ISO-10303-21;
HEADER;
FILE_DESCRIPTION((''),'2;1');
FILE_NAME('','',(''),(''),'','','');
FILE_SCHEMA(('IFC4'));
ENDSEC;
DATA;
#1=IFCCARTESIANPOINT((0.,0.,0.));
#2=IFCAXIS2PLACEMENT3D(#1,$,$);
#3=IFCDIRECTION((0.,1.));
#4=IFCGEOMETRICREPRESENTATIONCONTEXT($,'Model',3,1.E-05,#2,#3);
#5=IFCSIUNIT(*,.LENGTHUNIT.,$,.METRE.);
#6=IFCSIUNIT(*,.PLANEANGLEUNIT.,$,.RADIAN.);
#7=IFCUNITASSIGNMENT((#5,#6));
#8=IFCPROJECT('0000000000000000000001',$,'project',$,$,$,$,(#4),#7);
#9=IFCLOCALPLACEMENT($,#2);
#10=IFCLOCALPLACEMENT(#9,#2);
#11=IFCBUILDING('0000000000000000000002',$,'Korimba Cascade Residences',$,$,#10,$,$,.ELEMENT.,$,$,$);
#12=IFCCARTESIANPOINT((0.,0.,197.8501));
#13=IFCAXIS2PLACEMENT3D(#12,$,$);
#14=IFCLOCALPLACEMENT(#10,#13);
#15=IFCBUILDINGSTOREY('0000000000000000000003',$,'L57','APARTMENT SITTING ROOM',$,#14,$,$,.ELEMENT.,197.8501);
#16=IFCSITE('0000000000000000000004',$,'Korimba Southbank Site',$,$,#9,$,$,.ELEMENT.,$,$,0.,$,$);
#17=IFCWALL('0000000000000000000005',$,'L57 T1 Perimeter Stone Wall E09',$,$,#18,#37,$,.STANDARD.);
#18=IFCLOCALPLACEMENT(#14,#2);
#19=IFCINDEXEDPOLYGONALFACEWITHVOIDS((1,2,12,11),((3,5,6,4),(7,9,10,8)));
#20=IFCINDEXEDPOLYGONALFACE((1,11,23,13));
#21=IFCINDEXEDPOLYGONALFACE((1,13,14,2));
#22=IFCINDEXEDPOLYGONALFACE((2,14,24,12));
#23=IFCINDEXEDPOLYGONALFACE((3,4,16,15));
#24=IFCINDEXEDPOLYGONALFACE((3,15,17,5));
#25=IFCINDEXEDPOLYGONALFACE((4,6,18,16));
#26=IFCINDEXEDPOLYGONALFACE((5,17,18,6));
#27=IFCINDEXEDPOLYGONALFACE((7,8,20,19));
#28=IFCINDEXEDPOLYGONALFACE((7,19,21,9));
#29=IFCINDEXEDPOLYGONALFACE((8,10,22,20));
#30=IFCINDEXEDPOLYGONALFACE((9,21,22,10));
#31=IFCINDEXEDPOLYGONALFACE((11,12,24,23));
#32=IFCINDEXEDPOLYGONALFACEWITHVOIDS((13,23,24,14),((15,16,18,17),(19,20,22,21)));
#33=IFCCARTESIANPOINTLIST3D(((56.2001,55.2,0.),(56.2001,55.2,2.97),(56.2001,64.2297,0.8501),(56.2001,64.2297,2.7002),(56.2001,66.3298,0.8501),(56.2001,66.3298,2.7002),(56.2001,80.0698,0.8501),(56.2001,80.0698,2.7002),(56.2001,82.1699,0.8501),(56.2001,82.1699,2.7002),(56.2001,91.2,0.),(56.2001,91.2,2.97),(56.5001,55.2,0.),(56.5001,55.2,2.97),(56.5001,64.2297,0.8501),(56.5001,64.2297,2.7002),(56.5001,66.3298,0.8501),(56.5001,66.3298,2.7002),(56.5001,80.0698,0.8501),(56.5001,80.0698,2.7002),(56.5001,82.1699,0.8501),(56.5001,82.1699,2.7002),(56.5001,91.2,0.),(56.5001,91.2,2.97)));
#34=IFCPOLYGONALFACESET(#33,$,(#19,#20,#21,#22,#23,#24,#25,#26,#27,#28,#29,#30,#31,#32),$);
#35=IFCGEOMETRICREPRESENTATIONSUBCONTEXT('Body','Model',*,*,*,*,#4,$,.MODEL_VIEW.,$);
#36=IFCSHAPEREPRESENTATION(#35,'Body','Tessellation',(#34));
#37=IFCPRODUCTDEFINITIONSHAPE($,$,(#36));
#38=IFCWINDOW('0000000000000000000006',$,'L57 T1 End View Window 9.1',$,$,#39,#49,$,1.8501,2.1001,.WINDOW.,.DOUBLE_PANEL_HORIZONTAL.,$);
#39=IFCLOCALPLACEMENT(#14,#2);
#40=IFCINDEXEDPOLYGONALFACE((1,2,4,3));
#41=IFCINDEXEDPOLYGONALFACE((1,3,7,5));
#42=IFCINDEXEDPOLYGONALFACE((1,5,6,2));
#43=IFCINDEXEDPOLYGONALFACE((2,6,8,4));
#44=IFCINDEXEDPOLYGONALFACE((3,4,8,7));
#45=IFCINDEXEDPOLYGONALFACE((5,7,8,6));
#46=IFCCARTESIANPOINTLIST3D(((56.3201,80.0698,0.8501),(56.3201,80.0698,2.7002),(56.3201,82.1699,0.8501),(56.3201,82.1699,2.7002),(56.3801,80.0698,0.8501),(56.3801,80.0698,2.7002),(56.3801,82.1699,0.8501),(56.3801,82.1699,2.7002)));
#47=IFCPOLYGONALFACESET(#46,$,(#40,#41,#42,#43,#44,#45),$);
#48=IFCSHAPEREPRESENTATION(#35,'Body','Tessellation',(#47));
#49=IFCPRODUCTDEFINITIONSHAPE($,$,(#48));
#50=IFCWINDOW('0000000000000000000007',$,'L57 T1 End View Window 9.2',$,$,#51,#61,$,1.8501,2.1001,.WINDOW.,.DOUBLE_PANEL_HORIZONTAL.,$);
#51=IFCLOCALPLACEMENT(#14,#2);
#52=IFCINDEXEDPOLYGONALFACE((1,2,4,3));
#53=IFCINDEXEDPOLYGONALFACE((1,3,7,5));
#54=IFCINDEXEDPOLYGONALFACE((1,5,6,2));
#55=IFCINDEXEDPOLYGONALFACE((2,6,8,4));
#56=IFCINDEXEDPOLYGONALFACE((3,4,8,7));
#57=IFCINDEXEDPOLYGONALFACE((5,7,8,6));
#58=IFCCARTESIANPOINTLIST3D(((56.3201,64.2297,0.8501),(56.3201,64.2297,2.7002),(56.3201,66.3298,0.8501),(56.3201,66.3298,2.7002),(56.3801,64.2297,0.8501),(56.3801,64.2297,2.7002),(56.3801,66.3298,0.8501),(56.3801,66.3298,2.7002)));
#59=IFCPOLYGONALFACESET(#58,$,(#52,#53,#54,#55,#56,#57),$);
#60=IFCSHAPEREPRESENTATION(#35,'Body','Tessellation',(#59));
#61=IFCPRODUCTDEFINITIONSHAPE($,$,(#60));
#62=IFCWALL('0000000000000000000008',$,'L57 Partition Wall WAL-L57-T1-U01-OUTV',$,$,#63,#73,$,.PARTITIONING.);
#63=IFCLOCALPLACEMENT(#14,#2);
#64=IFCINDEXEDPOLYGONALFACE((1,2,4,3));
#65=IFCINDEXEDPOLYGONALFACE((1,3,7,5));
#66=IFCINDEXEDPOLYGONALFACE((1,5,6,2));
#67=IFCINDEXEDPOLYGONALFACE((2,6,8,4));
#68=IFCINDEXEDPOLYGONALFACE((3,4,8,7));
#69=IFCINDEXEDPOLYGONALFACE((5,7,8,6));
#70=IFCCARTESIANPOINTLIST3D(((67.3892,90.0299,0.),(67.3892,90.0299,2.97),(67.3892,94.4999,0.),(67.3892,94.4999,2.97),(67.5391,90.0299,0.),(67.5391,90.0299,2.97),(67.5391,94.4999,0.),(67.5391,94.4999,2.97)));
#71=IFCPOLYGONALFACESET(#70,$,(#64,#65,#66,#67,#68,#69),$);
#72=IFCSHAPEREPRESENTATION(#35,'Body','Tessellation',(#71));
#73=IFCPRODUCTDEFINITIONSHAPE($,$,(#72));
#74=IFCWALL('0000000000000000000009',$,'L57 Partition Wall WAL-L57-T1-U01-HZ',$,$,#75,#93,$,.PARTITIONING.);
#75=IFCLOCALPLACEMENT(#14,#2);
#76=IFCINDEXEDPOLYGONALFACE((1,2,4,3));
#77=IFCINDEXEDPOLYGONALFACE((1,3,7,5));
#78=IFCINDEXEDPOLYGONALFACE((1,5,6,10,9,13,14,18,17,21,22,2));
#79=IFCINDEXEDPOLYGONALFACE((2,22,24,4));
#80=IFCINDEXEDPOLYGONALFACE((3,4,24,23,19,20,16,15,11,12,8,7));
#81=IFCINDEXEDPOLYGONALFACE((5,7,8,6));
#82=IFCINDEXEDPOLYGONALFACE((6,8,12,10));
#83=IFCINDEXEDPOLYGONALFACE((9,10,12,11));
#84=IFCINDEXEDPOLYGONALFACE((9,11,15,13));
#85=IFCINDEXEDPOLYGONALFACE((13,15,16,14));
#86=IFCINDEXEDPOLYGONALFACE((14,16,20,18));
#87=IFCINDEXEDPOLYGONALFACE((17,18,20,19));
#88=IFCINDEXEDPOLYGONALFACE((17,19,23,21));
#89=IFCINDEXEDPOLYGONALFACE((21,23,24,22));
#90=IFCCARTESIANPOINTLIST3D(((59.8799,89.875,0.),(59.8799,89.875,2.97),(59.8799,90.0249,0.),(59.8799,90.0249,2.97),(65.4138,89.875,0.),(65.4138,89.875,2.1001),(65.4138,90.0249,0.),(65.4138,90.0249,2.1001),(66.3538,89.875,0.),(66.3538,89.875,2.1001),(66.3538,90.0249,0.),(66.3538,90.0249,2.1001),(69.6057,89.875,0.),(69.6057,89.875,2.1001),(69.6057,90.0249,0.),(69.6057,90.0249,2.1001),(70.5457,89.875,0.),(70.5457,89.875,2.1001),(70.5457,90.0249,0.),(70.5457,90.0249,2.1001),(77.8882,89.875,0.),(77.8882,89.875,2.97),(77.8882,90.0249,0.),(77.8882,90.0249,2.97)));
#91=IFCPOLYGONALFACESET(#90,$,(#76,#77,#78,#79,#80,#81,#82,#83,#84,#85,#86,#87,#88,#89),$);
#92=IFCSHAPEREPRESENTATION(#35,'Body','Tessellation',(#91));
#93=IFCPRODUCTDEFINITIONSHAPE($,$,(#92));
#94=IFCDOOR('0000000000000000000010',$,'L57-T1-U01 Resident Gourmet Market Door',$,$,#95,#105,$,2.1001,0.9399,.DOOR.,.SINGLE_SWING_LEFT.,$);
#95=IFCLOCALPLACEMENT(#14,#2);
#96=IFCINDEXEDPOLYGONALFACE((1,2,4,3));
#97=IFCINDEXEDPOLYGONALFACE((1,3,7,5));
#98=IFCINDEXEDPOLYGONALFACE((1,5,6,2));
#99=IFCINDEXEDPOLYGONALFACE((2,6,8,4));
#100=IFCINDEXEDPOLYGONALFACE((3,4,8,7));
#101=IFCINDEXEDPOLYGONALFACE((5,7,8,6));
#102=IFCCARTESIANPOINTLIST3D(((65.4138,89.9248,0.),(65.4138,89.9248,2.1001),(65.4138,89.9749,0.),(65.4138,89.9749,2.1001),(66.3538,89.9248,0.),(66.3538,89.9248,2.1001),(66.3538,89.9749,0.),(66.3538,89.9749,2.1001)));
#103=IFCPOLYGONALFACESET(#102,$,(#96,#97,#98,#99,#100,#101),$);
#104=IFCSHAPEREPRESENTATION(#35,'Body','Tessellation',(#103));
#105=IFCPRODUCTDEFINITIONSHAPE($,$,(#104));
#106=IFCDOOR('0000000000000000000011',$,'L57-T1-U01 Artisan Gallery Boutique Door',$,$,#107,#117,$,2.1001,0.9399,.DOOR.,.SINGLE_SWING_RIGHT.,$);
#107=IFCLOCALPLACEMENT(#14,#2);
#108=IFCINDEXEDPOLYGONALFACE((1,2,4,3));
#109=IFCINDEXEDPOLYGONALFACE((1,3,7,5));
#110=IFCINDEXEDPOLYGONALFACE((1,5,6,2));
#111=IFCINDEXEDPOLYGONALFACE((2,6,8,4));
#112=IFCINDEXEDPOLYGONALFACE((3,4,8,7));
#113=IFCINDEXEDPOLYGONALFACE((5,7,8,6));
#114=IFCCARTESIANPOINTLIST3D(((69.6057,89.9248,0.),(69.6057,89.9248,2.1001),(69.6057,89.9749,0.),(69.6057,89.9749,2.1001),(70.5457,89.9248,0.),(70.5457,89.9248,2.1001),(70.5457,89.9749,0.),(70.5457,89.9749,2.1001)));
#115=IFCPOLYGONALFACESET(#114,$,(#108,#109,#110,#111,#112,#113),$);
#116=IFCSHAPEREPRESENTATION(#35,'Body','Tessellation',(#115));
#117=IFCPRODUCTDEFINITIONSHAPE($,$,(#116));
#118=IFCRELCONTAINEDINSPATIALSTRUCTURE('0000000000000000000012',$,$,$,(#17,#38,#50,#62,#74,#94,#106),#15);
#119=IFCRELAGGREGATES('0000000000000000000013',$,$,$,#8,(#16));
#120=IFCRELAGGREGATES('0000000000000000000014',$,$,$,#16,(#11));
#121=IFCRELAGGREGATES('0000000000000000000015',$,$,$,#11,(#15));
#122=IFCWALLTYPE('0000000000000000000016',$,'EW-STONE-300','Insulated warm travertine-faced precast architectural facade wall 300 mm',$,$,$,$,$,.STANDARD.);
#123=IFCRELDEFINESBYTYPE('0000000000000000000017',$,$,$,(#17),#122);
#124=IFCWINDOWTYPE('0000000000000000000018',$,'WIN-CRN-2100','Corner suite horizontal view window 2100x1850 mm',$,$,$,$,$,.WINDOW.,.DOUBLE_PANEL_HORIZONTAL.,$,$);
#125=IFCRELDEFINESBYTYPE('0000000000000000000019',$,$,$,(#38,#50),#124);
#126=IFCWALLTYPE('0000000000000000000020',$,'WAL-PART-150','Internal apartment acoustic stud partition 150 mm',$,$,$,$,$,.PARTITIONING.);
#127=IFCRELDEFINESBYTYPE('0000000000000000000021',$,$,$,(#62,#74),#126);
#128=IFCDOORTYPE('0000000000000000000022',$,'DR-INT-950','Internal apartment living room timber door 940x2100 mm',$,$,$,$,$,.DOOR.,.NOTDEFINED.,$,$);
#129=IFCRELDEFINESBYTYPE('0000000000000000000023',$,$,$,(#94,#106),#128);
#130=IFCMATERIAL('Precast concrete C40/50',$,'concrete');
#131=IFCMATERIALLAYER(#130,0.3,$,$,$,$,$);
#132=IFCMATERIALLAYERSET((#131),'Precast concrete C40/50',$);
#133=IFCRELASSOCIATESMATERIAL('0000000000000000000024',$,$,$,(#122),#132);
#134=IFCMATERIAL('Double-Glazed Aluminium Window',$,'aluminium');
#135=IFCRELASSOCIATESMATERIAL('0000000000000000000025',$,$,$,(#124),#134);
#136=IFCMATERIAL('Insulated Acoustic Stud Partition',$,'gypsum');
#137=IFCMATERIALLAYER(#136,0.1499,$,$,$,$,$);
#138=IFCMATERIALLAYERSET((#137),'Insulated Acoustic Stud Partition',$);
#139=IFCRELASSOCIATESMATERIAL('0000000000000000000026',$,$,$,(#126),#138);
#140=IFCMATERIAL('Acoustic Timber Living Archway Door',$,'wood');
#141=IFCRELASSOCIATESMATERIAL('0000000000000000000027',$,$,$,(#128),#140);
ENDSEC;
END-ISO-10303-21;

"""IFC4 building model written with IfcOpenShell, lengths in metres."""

from ifc_helpers import new_model, si_unit, direction, frame, frame_2d, origin, place, context, subcontext, project, spatial, rectangle, extrude, material, layer, layer_set, type_object, element, fill, save


model = new_model("IFC4")

# Units and contexts
model_context = context("Model", 3, precision=1e-05, world=origin(), true_north=direction((0.0, 1.0)))
body_context = subcontext(model_context, "Body", "Model", "MODEL_VIEW")
ifc_project = project(units=[si_unit("LENGTHUNIT", "METRE"), si_unit("PLANEANGLEUNIT", "RADIAN")], contexts=[model_context])

# Site, building, storey
site_placement = place(None, origin())
site = spatial("IfcSite", under=ifc_project, at=site_placement, Name="Korimba Southbank Site", CompositionType="ELEMENT", RefElevation=0.0)
building_placement = place(site_placement, origin())
building = spatial("IfcBuilding", under=site, at=building_placement, Name="Korimba Cascade Residences", CompositionType="ELEMENT")
storey_placement = place(building_placement, frame((0.0, 0.0, 197.8501)))
storey = spatial("IfcBuildingStorey", under=building, at=storey_placement, Name="L57", Description="APARTMENT SITTING ROOM", CompositionType="ELEMENT", Elevation=197.8501)

# Shared definitions
ifc_material_1 = material(Name="Precast concrete C40/50", Category="concrete")
ifc_layer_1 = layer(ifc_material_1, 0.3)
ifc_layer_set_1 = layer_set([ifc_layer_1], Name="Precast concrete C40/50")
wall_type_1 = type_object("IfcWallType", Name="EW-STONE-300", Description="Insulated warm travertine-faced precast architectural facade wall 300 mm", PredefinedType="STANDARD", material=ifc_layer_set_1)

# Wall, openings, windows
wall_1_placement = place(storey_placement, frame((56.3501, 91.2, 0.0), z_axis=(0.0, 0.0, 1.0), x_axis=(0.0, -1.0, 0.0)))
wall_1 = element("IfcWall", 1, at=wall_1_placement, inside=storey, type_object=wall_type_1, Name="L57 T1 Perimeter Stone Wall E09", PredefinedType="STANDARD", context=body_context, shape_type="SweptSolid", body=[
    extrude(rectangle(XDim=36.0, YDim=0.3, at=frame_2d((18.0, 0.0))), origin(), (0.0, 0.0, 1.0), 2.97),
])
opening_1_placement = place(wall_1_placement, frame((9.03, 0.0, 0.8501)))
opening_1 = element("IfcOpeningElement", 2, at=opening_1_placement, cuts=wall_1, PredefinedType="OPENING", context=body_context, shape_type="SweptSolid", body=[
    extrude(rectangle(XDim=2.1001, YDim=1.8501, at=frame_2d((1.05, 0.925))), frame((0.0, 0.1602, 0.0), z_axis=(0.0, -1.0, 0.0), x_axis=(1.0, 0.0, 0.0)), (0.0, 0.0, 1.0), 0.3201),
])
opening_2_placement = place(wall_1_placement, frame((24.8701, 0.0, 0.8501)))
opening_2 = element("IfcOpeningElement", 3, at=opening_2_placement, cuts=wall_1, PredefinedType="OPENING", context=body_context, shape_type="SweptSolid", body=[
    extrude(rectangle(XDim=2.1001, YDim=1.8501, at=frame_2d((1.05, 0.925))), frame((0.0, 0.1602, 0.0), z_axis=(0.0, -1.0, 0.0), x_axis=(1.0, 0.0, 0.0)), (0.0, 0.0, 1.0), 0.3201),
])
ifc_material_2 = material(Name="Double-Glazed Aluminium Window", Category="aluminium")
window_type = type_object("IfcWindowType", Name="WIN-CRN-2100", Description="Corner suite horizontal view window 2100x1850 mm", PartitioningType="DOUBLE_PANEL_HORIZONTAL", PredefinedType="WINDOW", material=ifc_material_2)
window_1_placement = place(opening_1_placement, origin())
window_1 = element("IfcWindow", 4, at=window_1_placement, inside=storey, type_object=window_type, Name="L57 T1 End View Window 9.1", OverallHeight=1.8501, OverallWidth=2.1001, PartitioningType="DOUBLE_PANEL_HORIZONTAL", PredefinedType="WINDOW", context=body_context, shape_type="SweptSolid", body=[
    extrude(rectangle(XDim=2.1001, YDim=1.8501, at=frame_2d((1.05, 0.925))), frame((0.0, 0.03, 0.0), z_axis=(0.0, -1.0, 0.0), x_axis=(1.0, 0.0, 0.0)), (0.0, 0.0, 1.0), 0.0601),
])
fill(opening_1, window_1)
window_2_placement = place(opening_2_placement, origin())
window_2 = element("IfcWindow", 5, at=window_2_placement, inside=storey, type_object=window_type, Name="L57 T1 End View Window 9.2", OverallHeight=1.8501, OverallWidth=2.1001, PartitioningType="DOUBLE_PANEL_HORIZONTAL", PredefinedType="WINDOW", context=body_context, shape_type="SweptSolid", body=[
    extrude(rectangle(XDim=2.1001, YDim=1.8501, at=frame_2d((1.05, 0.925))), frame((0.0, 0.03, 0.0), z_axis=(0.0, -1.0, 0.0), x_axis=(1.0, 0.0, 0.0)), (0.0, 0.0, 1.0), 0.0601),
])
fill(opening_2, window_2)

# Wall
ifc_material_3 = material(Name="Insulated Acoustic Stud Partition", Category="gypsum")
ifc_layer_2 = layer(ifc_material_3, 0.1499)
ifc_layer_set_2 = layer_set([ifc_layer_2], Name="Insulated Acoustic Stud Partition")
wall_type_2 = type_object("IfcWallType", Name="WAL-PART-150", Description="Internal apartment acoustic stud partition 150 mm", PredefinedType="PARTITIONING", material=ifc_layer_set_2)
wall_2_placement = place(storey_placement, frame((67.4641, 90.03, 0.0), z_axis=(0.0, 0.0, 1.0), x_axis=(0.0, 1.0, 0.0)))
element("IfcWall", 6, at=wall_2_placement, inside=storey, type_object=wall_type_2, Name="L57 Partition Wall WAL-L57-T1-U01-OUTV", PredefinedType="PARTITIONING", context=body_context, shape_type="SweptSolid", body=[
    extrude(rectangle(XDim=4.47, YDim=0.1499, at=frame_2d((2.2349, 0.0))), origin(), (0.0, 0.0, 1.0), 2.97),
])

# Wall, openings, doors
wall_3_placement = place(storey_placement, frame((59.8799, 89.95, 0.0), z_axis=(0.0, 0.0, 1.0), x_axis=(1.0, 0.0, 0.0)))
wall_3 = element("IfcWall", 7, at=wall_3_placement, inside=storey, type_object=wall_type_2, Name="L57 Partition Wall WAL-L57-T1-U01-HZ", PredefinedType="PARTITIONING", context=body_context, shape_type="SweptSolid", body=[
    extrude(rectangle(XDim=18.0083, YDim=0.1499, at=frame_2d((9.0042, 0.0))), origin(), (0.0, 0.0, 1.0), 2.97),
])
opening_3_placement = place(wall_3_placement, frame((5.5339, 0.0, 0.0)))
opening_3 = element("IfcOpeningElement", 8, at=opening_3_placement, cuts=wall_3, PredefinedType="OPENING", context=body_context, shape_type="SweptSolid", body=[
    extrude(rectangle(XDim=0.9399, YDim=2.1001, at=frame_2d((0.47, 1.05))), frame((0.0, 0.085, 0.0), z_axis=(0.0, -1.0, 0.0), x_axis=(1.0, 0.0, 0.0)), (0.0, 0.0, 1.0), 0.1699),
])
opening_4_placement = place(wall_3_placement, frame((9.7258, 0.0, 0.0)))
opening_4 = element("IfcOpeningElement", 9, at=opening_4_placement, cuts=wall_3, PredefinedType="OPENING", context=body_context, shape_type="SweptSolid", body=[
    extrude(rectangle(XDim=0.9399, YDim=2.1001, at=frame_2d((0.47, 1.05))), frame((0.0, 0.085, 0.0), z_axis=(0.0, -1.0, 0.0), x_axis=(1.0, 0.0, 0.0)), (0.0, 0.0, 1.0), 0.1699),
])
ifc_material_4 = material(Name="Acoustic Timber Living Archway Door", Category="wood")
door_type = type_object("IfcDoorType", Name="DR-INT-950", Description="Internal apartment living room timber door 940x2100 mm", OperationType="NOTDEFINED", PredefinedType="DOOR", material=ifc_material_4)
door_1_placement = place(opening_3_placement, origin())
door_1 = element("IfcDoor", 10, at=door_1_placement, inside=storey, type_object=door_type, Name="L57-T1-U01 Resident Gourmet Market Door", OperationType="SINGLE_SWING_LEFT", OverallHeight=2.1001, OverallWidth=0.9399, PredefinedType="DOOR", context=body_context, shape_type="SweptSolid", body=[
    extrude(rectangle(XDim=0.9399, YDim=2.1001, at=frame_2d((0.47, 1.05))), frame((0.0, 0.0249, 0.0), z_axis=(0.0, -1.0, 0.0), x_axis=(1.0, 0.0, 0.0)), (0.0, 0.0, 1.0), 0.05),
])
fill(opening_3, door_1)
door_2_placement = place(opening_4_placement, origin())
door_2 = element("IfcDoor", 11, at=door_2_placement, inside=storey, type_object=door_type, Name="L57-T1-U01 Artisan Gallery Boutique Door", OperationType="SINGLE_SWING_RIGHT", OverallHeight=2.1001, OverallWidth=0.9399, PredefinedType="DOOR", context=body_context, shape_type="SweptSolid", body=[
    extrude(rectangle(XDim=0.9399, YDim=2.1001, at=frame_2d((0.47, 1.05))), frame((0.0, 0.0249, 0.0), z_axis=(0.0, -1.0, 0.0), x_axis=(1.0, 0.0, 0.0)), (0.0, 0.0, 1.0), 0.05),
])
fill(opening_4, door_2)

save(model, "model.ifc")
